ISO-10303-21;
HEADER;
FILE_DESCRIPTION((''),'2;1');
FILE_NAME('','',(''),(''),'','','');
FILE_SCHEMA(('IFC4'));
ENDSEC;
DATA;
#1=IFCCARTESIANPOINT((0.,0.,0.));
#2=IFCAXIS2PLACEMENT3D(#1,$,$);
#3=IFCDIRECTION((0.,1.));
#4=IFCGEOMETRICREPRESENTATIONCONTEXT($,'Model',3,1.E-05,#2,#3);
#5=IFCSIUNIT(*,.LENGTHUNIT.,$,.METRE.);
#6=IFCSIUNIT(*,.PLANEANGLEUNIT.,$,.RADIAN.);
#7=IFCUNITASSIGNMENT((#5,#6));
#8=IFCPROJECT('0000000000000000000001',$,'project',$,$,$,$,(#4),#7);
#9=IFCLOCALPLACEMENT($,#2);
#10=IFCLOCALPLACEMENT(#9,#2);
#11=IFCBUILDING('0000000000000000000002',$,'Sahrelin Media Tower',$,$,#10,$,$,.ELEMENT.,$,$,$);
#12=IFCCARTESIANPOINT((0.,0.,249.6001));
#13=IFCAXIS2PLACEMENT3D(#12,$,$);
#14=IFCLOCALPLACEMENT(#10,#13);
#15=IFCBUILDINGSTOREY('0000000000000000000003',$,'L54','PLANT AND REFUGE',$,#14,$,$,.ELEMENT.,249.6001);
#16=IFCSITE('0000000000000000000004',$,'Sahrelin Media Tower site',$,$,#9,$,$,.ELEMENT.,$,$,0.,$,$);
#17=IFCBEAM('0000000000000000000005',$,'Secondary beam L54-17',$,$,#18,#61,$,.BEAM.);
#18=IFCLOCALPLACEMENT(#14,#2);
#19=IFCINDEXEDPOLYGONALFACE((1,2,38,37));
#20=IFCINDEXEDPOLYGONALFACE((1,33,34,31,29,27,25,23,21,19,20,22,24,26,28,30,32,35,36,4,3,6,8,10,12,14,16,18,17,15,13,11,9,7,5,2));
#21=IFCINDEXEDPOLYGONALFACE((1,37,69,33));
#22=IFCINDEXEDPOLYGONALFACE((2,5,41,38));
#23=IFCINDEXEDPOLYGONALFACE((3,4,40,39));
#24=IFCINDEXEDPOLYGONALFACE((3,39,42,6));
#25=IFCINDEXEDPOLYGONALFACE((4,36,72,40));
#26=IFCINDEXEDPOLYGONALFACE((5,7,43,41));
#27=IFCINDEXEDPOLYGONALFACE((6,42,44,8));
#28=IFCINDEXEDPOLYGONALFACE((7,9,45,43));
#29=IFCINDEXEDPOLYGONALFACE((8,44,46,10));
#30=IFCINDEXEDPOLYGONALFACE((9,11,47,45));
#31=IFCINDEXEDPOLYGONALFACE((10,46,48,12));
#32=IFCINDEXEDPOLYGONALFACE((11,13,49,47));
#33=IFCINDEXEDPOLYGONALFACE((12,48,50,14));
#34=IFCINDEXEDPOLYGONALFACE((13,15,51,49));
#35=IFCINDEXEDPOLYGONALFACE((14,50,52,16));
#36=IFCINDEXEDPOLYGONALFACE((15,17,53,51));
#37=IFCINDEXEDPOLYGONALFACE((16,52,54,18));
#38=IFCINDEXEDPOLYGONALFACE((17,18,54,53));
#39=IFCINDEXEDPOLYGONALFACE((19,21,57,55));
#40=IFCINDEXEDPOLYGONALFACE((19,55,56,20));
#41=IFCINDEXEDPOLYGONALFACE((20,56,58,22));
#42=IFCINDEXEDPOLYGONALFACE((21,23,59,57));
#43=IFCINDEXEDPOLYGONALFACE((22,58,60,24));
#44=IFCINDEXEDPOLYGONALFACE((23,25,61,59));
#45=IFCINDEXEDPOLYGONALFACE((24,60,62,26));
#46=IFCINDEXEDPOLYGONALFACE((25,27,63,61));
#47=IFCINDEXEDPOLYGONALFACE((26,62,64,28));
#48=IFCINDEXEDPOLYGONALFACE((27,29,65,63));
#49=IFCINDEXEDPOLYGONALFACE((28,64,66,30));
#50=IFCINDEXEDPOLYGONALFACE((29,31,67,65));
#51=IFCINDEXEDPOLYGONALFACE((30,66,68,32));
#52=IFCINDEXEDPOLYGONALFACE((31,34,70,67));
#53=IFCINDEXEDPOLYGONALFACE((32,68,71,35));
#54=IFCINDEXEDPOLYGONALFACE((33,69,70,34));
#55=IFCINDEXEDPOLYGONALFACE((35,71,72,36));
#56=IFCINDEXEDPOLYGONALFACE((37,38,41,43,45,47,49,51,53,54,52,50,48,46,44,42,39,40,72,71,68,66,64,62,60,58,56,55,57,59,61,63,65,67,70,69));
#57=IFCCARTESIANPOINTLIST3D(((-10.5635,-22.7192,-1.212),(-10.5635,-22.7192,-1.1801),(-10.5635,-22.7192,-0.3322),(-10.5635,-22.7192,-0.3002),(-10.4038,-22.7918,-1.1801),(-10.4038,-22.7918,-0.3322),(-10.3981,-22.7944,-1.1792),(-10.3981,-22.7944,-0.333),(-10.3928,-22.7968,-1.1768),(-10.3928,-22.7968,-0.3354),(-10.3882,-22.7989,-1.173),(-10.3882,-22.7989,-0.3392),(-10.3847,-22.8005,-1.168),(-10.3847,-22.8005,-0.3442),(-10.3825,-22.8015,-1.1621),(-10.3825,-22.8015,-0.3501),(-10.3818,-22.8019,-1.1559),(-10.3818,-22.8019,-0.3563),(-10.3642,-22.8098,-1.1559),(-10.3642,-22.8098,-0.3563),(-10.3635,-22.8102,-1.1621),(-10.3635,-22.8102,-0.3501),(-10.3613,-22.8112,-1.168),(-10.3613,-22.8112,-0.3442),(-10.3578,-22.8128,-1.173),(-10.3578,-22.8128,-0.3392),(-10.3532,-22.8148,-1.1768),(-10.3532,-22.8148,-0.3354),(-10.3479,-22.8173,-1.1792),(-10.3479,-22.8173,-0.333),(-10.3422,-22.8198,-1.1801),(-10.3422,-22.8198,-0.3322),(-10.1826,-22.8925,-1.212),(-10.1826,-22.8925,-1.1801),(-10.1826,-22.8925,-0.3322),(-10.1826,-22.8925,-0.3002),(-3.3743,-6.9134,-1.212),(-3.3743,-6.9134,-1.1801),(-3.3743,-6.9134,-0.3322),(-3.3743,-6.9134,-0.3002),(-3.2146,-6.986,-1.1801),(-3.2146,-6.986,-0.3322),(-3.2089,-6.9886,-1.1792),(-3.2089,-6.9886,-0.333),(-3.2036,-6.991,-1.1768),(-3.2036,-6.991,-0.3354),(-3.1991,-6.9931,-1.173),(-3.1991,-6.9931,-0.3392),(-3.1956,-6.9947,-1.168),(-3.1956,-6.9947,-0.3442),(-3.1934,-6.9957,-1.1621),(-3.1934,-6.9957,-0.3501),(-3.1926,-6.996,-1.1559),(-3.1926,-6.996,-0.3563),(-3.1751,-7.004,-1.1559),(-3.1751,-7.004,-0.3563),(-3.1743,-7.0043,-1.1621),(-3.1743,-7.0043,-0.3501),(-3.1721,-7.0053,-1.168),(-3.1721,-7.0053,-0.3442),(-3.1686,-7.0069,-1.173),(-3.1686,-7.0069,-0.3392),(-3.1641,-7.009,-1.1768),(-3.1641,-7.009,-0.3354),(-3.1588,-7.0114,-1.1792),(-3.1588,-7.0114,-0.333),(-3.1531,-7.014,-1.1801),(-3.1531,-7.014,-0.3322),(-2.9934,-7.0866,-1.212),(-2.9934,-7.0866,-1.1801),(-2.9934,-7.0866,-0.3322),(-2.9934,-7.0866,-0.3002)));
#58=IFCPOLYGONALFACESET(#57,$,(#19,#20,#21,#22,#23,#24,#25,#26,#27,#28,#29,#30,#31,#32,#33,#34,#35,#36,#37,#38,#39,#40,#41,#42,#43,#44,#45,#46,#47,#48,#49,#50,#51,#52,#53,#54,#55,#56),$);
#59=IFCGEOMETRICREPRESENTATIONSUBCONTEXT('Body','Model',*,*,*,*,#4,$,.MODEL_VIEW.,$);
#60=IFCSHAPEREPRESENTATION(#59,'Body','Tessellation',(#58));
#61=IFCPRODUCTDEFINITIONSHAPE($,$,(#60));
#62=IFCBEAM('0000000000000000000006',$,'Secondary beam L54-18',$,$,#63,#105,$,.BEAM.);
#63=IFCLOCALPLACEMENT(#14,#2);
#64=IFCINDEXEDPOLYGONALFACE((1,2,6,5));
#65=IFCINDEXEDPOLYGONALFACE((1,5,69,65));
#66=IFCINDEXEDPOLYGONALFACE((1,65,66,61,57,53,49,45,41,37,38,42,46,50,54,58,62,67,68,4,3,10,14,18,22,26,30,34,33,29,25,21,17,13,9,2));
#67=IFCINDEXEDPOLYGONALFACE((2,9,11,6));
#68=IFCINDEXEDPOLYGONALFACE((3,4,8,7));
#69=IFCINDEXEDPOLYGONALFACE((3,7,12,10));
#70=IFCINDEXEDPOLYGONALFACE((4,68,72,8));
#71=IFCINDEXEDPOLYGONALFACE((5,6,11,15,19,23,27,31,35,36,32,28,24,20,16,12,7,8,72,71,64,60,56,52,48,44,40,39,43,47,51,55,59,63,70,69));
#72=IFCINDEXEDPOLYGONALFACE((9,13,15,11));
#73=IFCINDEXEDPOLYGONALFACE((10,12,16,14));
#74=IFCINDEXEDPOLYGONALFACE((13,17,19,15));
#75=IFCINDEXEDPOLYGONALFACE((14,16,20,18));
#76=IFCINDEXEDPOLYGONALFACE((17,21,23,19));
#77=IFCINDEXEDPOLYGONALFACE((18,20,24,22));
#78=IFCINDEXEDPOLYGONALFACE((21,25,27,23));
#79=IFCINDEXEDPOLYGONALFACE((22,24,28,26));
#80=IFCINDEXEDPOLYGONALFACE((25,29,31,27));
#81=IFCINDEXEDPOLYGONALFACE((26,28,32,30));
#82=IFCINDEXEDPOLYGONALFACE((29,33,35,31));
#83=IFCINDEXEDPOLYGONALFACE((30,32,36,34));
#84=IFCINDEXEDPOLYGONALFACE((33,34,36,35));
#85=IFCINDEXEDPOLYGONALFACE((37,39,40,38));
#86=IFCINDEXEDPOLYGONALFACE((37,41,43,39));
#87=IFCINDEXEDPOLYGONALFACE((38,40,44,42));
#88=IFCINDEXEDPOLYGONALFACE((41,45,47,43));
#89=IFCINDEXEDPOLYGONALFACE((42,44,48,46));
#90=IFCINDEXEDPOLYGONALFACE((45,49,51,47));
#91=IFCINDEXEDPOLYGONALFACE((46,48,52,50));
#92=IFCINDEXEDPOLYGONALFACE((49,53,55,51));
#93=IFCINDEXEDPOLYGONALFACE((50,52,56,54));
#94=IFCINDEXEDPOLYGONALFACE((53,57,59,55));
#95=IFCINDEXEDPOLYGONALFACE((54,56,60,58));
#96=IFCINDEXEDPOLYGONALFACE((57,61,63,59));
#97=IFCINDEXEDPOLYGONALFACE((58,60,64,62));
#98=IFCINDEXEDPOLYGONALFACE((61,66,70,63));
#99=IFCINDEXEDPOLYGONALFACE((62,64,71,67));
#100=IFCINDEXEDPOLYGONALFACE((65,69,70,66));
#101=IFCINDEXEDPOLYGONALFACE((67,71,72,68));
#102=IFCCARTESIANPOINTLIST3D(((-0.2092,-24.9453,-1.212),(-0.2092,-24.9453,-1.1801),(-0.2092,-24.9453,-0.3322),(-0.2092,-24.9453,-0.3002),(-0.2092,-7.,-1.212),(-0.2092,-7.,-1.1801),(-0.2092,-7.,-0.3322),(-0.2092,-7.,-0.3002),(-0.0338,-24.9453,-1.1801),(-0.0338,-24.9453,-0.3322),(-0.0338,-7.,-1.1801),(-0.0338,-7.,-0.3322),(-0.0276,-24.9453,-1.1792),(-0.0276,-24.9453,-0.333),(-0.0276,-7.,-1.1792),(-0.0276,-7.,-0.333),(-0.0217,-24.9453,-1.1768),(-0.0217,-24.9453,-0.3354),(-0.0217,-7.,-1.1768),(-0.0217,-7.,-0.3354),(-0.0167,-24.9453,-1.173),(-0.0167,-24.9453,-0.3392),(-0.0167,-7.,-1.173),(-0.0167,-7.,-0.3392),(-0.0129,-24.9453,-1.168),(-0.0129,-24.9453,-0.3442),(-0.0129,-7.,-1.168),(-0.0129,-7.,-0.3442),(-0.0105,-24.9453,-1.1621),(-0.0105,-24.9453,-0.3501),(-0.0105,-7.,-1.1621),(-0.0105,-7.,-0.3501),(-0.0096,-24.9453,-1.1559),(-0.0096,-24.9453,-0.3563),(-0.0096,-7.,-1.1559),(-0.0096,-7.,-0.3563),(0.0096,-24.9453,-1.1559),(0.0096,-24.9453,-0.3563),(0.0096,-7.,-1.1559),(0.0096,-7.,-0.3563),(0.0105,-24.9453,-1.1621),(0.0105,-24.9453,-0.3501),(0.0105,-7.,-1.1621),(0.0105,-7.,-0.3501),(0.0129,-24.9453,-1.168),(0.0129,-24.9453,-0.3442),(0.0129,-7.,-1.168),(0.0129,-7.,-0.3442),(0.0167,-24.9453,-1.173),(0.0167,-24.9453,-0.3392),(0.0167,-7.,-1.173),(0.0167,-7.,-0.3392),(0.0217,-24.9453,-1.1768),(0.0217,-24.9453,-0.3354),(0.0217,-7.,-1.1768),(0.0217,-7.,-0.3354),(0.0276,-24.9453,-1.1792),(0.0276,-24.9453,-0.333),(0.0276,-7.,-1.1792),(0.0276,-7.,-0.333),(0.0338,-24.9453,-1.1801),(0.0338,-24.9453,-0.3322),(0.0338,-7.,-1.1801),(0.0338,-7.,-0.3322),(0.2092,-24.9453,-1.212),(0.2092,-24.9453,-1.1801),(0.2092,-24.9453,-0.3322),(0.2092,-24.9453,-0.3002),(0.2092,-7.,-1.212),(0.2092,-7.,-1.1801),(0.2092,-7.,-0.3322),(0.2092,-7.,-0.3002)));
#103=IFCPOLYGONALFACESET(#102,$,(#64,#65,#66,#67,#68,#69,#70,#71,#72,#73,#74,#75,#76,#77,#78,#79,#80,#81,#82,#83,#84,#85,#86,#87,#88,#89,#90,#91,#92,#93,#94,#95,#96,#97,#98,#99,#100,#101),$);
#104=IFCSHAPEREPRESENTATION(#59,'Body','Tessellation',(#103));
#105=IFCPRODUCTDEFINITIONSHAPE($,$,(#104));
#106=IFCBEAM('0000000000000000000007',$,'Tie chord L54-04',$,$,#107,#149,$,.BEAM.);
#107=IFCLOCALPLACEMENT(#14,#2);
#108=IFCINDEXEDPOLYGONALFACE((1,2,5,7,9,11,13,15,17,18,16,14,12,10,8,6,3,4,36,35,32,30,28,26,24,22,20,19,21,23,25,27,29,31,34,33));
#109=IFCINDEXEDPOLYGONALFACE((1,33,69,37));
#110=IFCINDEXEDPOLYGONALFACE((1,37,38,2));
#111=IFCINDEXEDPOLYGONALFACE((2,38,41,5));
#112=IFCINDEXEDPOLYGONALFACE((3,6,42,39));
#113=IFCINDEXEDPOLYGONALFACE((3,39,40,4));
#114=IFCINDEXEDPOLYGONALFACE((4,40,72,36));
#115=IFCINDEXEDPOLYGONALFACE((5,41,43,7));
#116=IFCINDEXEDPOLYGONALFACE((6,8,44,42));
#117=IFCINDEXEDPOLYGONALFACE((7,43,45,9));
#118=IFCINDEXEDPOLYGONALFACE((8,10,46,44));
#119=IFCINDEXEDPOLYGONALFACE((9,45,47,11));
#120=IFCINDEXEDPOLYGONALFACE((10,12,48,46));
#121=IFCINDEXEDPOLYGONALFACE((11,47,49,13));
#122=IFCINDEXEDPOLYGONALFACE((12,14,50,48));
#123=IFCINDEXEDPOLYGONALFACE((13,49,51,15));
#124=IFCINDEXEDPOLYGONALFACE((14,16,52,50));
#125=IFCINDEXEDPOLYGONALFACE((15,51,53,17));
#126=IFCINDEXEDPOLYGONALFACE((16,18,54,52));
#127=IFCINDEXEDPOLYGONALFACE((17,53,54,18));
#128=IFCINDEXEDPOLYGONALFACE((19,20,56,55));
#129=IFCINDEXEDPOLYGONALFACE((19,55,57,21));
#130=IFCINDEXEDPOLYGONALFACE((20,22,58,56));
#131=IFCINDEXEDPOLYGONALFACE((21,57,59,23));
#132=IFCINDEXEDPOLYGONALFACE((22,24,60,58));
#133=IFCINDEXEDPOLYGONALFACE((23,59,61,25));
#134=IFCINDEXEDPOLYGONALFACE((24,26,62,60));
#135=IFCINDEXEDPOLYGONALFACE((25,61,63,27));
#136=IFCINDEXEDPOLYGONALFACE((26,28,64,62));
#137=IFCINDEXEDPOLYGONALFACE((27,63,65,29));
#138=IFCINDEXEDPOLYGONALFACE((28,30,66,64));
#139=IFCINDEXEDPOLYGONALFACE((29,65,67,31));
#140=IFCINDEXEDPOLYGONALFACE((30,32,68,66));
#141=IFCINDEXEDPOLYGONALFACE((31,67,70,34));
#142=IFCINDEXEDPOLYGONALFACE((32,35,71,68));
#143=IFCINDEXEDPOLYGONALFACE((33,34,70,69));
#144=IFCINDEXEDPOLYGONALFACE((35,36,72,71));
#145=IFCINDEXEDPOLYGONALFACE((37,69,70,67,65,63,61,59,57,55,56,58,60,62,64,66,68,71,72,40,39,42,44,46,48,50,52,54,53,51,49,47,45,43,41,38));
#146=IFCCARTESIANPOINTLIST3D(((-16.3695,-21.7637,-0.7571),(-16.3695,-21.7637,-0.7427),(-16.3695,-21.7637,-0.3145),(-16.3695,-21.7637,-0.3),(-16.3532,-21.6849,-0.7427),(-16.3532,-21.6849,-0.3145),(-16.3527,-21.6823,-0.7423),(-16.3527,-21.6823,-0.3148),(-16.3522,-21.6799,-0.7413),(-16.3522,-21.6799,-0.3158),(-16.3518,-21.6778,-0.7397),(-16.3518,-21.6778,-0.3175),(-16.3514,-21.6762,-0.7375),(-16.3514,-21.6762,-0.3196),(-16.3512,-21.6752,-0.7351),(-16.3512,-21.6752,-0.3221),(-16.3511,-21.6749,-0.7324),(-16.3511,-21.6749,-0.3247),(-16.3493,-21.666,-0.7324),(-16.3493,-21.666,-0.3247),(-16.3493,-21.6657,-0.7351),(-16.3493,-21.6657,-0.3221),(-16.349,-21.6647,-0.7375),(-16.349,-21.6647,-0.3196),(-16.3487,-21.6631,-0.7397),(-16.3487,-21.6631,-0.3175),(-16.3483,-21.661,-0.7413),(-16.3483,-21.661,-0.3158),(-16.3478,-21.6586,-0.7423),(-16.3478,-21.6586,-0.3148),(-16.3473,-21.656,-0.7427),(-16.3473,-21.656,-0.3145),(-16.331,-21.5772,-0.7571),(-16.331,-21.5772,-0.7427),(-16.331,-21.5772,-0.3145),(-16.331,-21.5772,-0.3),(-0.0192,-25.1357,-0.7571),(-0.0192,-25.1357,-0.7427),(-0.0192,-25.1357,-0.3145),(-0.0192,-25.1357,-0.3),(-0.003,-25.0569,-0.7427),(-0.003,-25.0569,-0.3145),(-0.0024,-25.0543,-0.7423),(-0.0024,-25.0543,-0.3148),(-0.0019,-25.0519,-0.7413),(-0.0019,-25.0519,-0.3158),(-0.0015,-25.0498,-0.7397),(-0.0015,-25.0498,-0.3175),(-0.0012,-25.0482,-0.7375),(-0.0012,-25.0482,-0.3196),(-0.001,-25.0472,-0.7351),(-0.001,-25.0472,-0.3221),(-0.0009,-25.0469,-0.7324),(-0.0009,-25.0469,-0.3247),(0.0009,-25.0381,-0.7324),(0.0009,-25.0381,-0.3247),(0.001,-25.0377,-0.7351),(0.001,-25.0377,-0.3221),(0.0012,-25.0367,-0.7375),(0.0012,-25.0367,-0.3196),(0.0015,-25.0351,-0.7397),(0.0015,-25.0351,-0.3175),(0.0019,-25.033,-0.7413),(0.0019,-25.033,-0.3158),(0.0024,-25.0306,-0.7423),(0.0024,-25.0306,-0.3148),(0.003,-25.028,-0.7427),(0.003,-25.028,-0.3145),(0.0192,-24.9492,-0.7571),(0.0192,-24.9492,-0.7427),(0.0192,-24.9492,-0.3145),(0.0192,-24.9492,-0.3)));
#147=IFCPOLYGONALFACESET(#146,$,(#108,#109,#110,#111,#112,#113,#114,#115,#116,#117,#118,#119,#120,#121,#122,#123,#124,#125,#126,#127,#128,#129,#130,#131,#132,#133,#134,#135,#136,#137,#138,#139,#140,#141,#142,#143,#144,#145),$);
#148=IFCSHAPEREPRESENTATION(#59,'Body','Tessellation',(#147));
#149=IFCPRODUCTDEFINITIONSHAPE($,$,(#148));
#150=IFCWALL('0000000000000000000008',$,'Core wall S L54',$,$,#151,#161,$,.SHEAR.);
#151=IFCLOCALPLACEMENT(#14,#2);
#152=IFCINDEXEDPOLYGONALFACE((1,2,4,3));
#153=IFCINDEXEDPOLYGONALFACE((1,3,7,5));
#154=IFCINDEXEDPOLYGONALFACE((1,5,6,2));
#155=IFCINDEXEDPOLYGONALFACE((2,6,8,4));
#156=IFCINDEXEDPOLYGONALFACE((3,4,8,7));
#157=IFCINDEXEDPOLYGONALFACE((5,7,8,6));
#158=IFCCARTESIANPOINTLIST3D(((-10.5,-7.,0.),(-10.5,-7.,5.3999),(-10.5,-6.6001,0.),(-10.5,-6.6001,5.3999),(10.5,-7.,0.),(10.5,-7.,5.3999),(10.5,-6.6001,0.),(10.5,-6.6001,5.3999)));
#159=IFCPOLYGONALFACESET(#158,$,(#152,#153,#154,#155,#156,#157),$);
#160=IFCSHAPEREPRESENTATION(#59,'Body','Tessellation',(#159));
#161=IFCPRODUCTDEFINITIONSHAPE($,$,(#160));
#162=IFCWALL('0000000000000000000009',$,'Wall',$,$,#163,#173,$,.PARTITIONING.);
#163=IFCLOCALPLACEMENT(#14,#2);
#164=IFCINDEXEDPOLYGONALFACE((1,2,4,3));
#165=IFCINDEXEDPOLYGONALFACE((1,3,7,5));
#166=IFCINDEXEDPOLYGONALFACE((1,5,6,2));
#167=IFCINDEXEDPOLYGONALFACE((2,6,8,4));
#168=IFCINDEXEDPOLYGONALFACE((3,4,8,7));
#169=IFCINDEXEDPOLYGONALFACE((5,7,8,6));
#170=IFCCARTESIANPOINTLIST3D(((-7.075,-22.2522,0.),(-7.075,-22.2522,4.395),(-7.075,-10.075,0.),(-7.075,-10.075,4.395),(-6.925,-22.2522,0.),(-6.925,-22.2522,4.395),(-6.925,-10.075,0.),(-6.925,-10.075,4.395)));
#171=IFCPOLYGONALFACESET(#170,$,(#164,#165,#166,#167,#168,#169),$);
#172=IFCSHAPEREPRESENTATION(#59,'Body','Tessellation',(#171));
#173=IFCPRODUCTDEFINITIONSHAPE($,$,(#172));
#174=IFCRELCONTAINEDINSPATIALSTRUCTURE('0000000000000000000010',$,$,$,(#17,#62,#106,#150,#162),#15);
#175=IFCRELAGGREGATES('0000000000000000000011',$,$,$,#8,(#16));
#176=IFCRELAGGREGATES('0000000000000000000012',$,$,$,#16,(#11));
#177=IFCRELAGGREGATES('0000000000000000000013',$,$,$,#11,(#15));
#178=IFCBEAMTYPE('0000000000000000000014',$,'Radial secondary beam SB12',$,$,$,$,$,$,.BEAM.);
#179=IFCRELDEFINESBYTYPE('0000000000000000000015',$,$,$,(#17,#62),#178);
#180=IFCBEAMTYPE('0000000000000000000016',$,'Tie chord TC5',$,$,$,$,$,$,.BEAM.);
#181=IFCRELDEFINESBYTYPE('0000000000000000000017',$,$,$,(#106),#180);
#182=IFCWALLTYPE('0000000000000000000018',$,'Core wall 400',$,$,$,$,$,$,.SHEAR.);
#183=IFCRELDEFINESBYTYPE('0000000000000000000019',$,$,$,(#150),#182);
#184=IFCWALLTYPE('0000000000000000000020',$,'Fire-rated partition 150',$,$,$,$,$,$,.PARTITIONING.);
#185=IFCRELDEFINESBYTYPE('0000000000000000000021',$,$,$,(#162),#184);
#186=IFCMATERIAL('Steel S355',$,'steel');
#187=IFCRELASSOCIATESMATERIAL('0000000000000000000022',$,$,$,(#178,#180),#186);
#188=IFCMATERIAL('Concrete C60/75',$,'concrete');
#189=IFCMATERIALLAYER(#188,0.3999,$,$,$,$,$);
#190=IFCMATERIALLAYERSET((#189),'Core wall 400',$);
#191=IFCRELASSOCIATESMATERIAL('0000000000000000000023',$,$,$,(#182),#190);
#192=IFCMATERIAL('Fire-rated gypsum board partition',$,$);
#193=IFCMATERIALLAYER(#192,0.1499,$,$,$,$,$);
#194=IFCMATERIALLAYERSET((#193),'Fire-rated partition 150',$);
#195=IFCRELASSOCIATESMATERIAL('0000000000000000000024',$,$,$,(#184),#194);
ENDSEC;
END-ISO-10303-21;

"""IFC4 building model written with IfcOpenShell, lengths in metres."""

from ifc_helpers import new_model, si_unit, direction, frame, frame_2d, origin, origin_2d, place, context, subcontext, project, spatial, rectangle, i_section, extrude, material, layer, layer_set, material_profile, profile_set, type_object, element, save


model = new_model("IFC4")

# Units and contexts
model_context = context("Model", 3, precision=1e-05, world=origin(), true_north=direction((0.0, 1.0)))
body_context = subcontext(model_context, "Body", "Model", "MODEL_VIEW")
ifc_project = project(units=[si_unit("LENGTHUNIT", "METRE"), si_unit("PLANEANGLEUNIT", "RADIAN")], contexts=[model_context])

# Site, building, storey
site_placement = place(None, origin())
site = spatial("IfcSite", under=ifc_project, at=site_placement, Name="Sahrelin Media Tower site", CompositionType="ELEMENT", RefElevation=0.0)
building_placement = place(site_placement, origin())
building = spatial("IfcBuilding", under=site, at=building_placement, Name="Sahrelin Media Tower", CompositionType="ELEMENT")
storey_placement = place(building_placement, frame((0.0, 0.0, 249.6001)))
storey = spatial("IfcBuildingStorey", under=building, at=storey_placement, Name="L54", Description="PLANT AND REFUGE", CompositionType="ELEMENT", Elevation=249.6001)

# Beams
ifc_material_1 = material(Name="Steel S355", Category="steel")
ifc_material_profile_1 = material_profile(ifc_material_1, i_section(OverallWidth=0.4185, OverallDepth=0.9119, WebThickness=0.0193, FlangeThickness=0.032, FilletRadius=0.0242, at=origin_2d()), Name="UB 914x419x343")
ifc_profile_set_1 = profile_set([ifc_material_profile_1], Name="Steel S355")
beam_type_1 = type_object("IfcBeamType", Name="Radial secondary beam SB12", PredefinedType="BEAM", material=ifc_profile_set_1)
beam_1_placement = place(storey_placement, frame((-3.1838, -7.0, -0.7561), z_axis=(-0.414028, -0.910264, 0.0), x_axis=(0.910264, -0.414028, 0.0)))
element("IfcBeam", 1, at=beam_1_placement, inside=storey, type_object=beam_type_1, Name="Secondary beam L54-17", PredefinedType="BEAM", context=body_context, shape_type="SweptSolid", body=[
    extrude(i_section(OverallWidth=0.4185, OverallDepth=0.9119, WebThickness=0.0193, FlangeThickness=0.032, FilletRadius=0.0242, at=origin_2d()), origin(), (0.0, 0.0, 1.0), 17.364),
])
beam_2_placement = place(storey_placement, frame((0.0, -7.0, -0.7561), z_axis=(0.0, -1.0, 0.0), x_axis=(1.0, 0.0, 0.0)))
element("IfcBeam", 2, at=beam_2_placement, inside=storey, type_object=beam_type_1, Name="Secondary beam L54-18", PredefinedType="BEAM", context=body_context, shape_type="SweptSolid", body=[
    extrude(i_section(OverallWidth=0.4185, OverallDepth=0.9119, WebThickness=0.0193, FlangeThickness=0.032, FilletRadius=0.0242, at=origin_2d()), origin(), (0.0, 0.0, 1.0), 17.9453),
])
ifc_material_profile_2 = material_profile(ifc_material_1, i_section(OverallWidth=0.1904, OverallDepth=0.457, WebThickness=0.009, FlangeThickness=0.0144, FilletRadius=0.0103, at=origin_2d()), Name="UB 457x191x74")
ifc_profile_set_2 = profile_set([ifc_material_profile_2], Name="Steel S355")
beam_type_2 = type_object("IfcBeamType", Name="Tie chord TC5", PredefinedType="BEAM", material=ifc_profile_set_2)
beam_3_placement = place(storey_placement, frame((0.0, -25.0425, -0.5286), z_axis=(-0.979388, 0.201988, 0.0), x_axis=(-0.201988, -0.979388, 0.0)))
element("IfcBeam", 3, at=beam_3_placement, inside=storey, type_object=beam_type_2, Name="Tie chord L54-04", PredefinedType="BEAM", context=body_context, shape_type="SweptSolid", body=[
    extrude(i_section(OverallWidth=0.1904, OverallDepth=0.457, WebThickness=0.009, FlangeThickness=0.0144, FilletRadius=0.0103, at=origin_2d()), origin(), (0.0, 0.0, 1.0), 16.6943),
])

# Walls
ifc_material_2 = material(Name="Concrete C60/75", Category="concrete")
ifc_layer_1 = layer(ifc_material_2, 0.3999)
ifc_layer_set_1 = layer_set([ifc_layer_1], Name="Core wall 400")
wall_type_1 = type_object("IfcWallType", Name="Core wall 400", PredefinedType="SHEAR", material=ifc_layer_set_1)
wall_1_placement = place(storey_placement, frame((-10.5, -6.8, 0.0), z_axis=(0.0, 0.0, 1.0), x_axis=(1.0, 0.0, 0.0)))
element("IfcWall", 4, at=wall_1_placement, inside=storey, type_object=wall_type_1, Name="Core wall S L54", PredefinedType="SHEAR", context=body_context, shape_type="SweptSolid", body=[
    extrude(rectangle(XDim=21.0, YDim=0.3999, at=frame_2d((10.5, 0.0))), origin(), (0.0, 0.0, 1.0), 5.3999),
])
ifc_material_3 = material(Name="Fire-rated gypsum board partition")
ifc_layer_2 = layer(ifc_material_3, 0.1499)
ifc_layer_set_2 = layer_set([ifc_layer_2], Name="Fire-rated partition 150")
wall_type_2 = type_object("IfcWallType", Name="Fire-rated partition 150", PredefinedType="PARTITIONING", material=ifc_layer_set_2)
wall_2_placement = place(storey_placement, frame((-7.0, -10.075, 0.0), z_axis=(0.0, 0.0, 1.0), x_axis=(0.0, -1.0, 0.0)))
element("IfcWall", 5, at=wall_2_placement, inside=storey, type_object=wall_type_2, Name="Wall", PredefinedType="PARTITIONING", context=body_context, shape_type="SweptSolid", body=[
    extrude(rectangle(XDim=12.1772, YDim=0.1499, at=frame_2d((6.0886, 0.0))), origin(), (0.0, 0.0, 1.0), 4.395),
])

save(model, "model.ifc")
